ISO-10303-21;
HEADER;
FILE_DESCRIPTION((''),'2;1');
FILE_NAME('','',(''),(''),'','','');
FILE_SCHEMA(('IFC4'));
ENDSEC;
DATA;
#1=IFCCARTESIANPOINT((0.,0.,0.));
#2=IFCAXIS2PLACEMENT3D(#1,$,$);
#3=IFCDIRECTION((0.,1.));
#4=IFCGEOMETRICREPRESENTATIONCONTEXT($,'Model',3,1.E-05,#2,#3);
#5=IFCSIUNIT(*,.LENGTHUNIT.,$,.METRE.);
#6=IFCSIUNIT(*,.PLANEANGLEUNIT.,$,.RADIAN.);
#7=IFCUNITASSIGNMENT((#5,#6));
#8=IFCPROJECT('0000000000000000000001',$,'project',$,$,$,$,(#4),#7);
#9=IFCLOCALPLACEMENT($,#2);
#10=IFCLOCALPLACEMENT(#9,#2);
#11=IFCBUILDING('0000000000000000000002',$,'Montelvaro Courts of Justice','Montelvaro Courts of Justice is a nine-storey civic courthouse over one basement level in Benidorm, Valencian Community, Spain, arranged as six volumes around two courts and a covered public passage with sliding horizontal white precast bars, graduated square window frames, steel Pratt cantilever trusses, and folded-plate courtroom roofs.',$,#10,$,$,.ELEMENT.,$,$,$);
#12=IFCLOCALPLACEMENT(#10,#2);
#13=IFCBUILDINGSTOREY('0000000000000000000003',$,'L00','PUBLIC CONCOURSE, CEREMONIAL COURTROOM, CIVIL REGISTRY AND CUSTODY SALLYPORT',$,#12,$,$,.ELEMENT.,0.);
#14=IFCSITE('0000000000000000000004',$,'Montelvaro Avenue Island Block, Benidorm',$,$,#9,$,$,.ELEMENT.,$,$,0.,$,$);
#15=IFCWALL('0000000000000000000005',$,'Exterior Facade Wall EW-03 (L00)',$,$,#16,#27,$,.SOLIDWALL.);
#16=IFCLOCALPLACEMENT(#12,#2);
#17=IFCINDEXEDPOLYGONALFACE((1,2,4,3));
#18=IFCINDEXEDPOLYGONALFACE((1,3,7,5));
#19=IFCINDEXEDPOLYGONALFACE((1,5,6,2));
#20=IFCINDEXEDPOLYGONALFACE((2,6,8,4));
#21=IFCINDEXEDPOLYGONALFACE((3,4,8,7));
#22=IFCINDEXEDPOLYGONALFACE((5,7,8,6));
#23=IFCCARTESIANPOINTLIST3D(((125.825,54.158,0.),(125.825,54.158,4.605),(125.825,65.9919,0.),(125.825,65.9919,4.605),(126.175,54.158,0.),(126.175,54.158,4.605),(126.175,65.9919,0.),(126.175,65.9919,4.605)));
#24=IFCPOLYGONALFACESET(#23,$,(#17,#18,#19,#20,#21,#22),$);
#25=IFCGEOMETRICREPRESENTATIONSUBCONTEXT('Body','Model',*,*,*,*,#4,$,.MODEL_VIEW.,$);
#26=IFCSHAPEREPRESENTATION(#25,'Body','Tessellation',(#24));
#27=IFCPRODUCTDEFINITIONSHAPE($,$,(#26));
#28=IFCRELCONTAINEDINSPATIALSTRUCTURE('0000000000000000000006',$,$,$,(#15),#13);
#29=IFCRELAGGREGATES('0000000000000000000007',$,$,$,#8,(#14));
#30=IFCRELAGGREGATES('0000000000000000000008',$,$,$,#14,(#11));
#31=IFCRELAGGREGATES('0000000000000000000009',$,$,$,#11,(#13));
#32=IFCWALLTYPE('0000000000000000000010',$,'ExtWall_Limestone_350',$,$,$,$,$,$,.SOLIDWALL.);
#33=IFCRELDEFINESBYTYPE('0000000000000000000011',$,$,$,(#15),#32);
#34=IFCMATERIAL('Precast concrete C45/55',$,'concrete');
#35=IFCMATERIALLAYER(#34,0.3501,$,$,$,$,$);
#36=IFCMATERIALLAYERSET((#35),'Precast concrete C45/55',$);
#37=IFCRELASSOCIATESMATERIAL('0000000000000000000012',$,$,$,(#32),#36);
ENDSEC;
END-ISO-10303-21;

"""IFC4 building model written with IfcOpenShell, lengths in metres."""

from ifc_helpers import new_model, si_unit, direction, frame, frame_2d, origin, place, context, subcontext, project, spatial, rectangle, extrude, material, layer, layer_set, type_object, element, save


model = new_model("IFC4")

# Units and contexts
model_context = context("Model", 3, precision=1e-05, world=origin(), true_north=direction((0.0, 1.0)))
body_context = subcontext(model_context, "Body", "Model", "MODEL_VIEW")
ifc_project = project(units=[si_unit("LENGTHUNIT", "METRE"), si_unit("PLANEANGLEUNIT", "RADIAN")], contexts=[model_context])

# Site, building, storey
site_placement = place(None, origin())
site = spatial("IfcSite", under=ifc_project, at=site_placement, Name="Montelvaro Avenue Island Block, Benidorm", CompositionType="ELEMENT", RefElevation=0.0)
building_placement = place(site_placement, origin())
building = spatial("IfcBuilding", under=site, at=building_placement, Name="Montelvaro Courts of Justice", Description="Montelvaro Courts of Justice is a nine-storey civic courthouse over one basement level in Benidorm, Valencian Community, Spain, arranged as six volumes around two courts and a covered public passage with sliding horizontal white precast bars, graduated square window frames, steel Pratt cantilever trusses, and folded-plate courtroom roofs.", CompositionType="ELEMENT")
storey_placement = place(building_placement, origin())
storey = spatial("IfcBuildingStorey", under=building, at=storey_placement, Name="L00", Description="PUBLIC CONCOURSE, CEREMONIAL COURTROOM, CIVIL REGISTRY AND CUSTODY SALLYPORT", CompositionType="ELEMENT", Elevation=0.0)

# Wall
ifc_material_1 = material(Name="Precast concrete C45/55", Category="concrete")
ifc_layer_1 = layer(ifc_material_1, 0.3501)
ifc_layer_set_1 = layer_set([ifc_layer_1], Name="Precast concrete C45/55")
wall_type_1 = type_object("IfcWallType", Name="ExtWall_Limestone_350", PredefinedType="SOLIDWALL", material=ifc_layer_set_1)
wall_placement = place(storey_placement, frame((126.0, 54.158, 0.0), z_axis=(0.0, 0.0, 1.0), x_axis=(0.0, 1.0, 0.0)))
element("IfcWall", 1, at=wall_placement, inside=storey, type_object=wall_type_1, Name="Exterior Facade Wall EW-03 (L00)", PredefinedType="SOLIDWALL", context=body_context, shape_type="SweptSolid", body=[
    extrude(rectangle(XDim=11.834, YDim=0.3501, at=frame_2d((5.917, 0.0))), origin(), (0.0, 0.0, 1.0), 4.605),
])

save(model, "model.ifc")
